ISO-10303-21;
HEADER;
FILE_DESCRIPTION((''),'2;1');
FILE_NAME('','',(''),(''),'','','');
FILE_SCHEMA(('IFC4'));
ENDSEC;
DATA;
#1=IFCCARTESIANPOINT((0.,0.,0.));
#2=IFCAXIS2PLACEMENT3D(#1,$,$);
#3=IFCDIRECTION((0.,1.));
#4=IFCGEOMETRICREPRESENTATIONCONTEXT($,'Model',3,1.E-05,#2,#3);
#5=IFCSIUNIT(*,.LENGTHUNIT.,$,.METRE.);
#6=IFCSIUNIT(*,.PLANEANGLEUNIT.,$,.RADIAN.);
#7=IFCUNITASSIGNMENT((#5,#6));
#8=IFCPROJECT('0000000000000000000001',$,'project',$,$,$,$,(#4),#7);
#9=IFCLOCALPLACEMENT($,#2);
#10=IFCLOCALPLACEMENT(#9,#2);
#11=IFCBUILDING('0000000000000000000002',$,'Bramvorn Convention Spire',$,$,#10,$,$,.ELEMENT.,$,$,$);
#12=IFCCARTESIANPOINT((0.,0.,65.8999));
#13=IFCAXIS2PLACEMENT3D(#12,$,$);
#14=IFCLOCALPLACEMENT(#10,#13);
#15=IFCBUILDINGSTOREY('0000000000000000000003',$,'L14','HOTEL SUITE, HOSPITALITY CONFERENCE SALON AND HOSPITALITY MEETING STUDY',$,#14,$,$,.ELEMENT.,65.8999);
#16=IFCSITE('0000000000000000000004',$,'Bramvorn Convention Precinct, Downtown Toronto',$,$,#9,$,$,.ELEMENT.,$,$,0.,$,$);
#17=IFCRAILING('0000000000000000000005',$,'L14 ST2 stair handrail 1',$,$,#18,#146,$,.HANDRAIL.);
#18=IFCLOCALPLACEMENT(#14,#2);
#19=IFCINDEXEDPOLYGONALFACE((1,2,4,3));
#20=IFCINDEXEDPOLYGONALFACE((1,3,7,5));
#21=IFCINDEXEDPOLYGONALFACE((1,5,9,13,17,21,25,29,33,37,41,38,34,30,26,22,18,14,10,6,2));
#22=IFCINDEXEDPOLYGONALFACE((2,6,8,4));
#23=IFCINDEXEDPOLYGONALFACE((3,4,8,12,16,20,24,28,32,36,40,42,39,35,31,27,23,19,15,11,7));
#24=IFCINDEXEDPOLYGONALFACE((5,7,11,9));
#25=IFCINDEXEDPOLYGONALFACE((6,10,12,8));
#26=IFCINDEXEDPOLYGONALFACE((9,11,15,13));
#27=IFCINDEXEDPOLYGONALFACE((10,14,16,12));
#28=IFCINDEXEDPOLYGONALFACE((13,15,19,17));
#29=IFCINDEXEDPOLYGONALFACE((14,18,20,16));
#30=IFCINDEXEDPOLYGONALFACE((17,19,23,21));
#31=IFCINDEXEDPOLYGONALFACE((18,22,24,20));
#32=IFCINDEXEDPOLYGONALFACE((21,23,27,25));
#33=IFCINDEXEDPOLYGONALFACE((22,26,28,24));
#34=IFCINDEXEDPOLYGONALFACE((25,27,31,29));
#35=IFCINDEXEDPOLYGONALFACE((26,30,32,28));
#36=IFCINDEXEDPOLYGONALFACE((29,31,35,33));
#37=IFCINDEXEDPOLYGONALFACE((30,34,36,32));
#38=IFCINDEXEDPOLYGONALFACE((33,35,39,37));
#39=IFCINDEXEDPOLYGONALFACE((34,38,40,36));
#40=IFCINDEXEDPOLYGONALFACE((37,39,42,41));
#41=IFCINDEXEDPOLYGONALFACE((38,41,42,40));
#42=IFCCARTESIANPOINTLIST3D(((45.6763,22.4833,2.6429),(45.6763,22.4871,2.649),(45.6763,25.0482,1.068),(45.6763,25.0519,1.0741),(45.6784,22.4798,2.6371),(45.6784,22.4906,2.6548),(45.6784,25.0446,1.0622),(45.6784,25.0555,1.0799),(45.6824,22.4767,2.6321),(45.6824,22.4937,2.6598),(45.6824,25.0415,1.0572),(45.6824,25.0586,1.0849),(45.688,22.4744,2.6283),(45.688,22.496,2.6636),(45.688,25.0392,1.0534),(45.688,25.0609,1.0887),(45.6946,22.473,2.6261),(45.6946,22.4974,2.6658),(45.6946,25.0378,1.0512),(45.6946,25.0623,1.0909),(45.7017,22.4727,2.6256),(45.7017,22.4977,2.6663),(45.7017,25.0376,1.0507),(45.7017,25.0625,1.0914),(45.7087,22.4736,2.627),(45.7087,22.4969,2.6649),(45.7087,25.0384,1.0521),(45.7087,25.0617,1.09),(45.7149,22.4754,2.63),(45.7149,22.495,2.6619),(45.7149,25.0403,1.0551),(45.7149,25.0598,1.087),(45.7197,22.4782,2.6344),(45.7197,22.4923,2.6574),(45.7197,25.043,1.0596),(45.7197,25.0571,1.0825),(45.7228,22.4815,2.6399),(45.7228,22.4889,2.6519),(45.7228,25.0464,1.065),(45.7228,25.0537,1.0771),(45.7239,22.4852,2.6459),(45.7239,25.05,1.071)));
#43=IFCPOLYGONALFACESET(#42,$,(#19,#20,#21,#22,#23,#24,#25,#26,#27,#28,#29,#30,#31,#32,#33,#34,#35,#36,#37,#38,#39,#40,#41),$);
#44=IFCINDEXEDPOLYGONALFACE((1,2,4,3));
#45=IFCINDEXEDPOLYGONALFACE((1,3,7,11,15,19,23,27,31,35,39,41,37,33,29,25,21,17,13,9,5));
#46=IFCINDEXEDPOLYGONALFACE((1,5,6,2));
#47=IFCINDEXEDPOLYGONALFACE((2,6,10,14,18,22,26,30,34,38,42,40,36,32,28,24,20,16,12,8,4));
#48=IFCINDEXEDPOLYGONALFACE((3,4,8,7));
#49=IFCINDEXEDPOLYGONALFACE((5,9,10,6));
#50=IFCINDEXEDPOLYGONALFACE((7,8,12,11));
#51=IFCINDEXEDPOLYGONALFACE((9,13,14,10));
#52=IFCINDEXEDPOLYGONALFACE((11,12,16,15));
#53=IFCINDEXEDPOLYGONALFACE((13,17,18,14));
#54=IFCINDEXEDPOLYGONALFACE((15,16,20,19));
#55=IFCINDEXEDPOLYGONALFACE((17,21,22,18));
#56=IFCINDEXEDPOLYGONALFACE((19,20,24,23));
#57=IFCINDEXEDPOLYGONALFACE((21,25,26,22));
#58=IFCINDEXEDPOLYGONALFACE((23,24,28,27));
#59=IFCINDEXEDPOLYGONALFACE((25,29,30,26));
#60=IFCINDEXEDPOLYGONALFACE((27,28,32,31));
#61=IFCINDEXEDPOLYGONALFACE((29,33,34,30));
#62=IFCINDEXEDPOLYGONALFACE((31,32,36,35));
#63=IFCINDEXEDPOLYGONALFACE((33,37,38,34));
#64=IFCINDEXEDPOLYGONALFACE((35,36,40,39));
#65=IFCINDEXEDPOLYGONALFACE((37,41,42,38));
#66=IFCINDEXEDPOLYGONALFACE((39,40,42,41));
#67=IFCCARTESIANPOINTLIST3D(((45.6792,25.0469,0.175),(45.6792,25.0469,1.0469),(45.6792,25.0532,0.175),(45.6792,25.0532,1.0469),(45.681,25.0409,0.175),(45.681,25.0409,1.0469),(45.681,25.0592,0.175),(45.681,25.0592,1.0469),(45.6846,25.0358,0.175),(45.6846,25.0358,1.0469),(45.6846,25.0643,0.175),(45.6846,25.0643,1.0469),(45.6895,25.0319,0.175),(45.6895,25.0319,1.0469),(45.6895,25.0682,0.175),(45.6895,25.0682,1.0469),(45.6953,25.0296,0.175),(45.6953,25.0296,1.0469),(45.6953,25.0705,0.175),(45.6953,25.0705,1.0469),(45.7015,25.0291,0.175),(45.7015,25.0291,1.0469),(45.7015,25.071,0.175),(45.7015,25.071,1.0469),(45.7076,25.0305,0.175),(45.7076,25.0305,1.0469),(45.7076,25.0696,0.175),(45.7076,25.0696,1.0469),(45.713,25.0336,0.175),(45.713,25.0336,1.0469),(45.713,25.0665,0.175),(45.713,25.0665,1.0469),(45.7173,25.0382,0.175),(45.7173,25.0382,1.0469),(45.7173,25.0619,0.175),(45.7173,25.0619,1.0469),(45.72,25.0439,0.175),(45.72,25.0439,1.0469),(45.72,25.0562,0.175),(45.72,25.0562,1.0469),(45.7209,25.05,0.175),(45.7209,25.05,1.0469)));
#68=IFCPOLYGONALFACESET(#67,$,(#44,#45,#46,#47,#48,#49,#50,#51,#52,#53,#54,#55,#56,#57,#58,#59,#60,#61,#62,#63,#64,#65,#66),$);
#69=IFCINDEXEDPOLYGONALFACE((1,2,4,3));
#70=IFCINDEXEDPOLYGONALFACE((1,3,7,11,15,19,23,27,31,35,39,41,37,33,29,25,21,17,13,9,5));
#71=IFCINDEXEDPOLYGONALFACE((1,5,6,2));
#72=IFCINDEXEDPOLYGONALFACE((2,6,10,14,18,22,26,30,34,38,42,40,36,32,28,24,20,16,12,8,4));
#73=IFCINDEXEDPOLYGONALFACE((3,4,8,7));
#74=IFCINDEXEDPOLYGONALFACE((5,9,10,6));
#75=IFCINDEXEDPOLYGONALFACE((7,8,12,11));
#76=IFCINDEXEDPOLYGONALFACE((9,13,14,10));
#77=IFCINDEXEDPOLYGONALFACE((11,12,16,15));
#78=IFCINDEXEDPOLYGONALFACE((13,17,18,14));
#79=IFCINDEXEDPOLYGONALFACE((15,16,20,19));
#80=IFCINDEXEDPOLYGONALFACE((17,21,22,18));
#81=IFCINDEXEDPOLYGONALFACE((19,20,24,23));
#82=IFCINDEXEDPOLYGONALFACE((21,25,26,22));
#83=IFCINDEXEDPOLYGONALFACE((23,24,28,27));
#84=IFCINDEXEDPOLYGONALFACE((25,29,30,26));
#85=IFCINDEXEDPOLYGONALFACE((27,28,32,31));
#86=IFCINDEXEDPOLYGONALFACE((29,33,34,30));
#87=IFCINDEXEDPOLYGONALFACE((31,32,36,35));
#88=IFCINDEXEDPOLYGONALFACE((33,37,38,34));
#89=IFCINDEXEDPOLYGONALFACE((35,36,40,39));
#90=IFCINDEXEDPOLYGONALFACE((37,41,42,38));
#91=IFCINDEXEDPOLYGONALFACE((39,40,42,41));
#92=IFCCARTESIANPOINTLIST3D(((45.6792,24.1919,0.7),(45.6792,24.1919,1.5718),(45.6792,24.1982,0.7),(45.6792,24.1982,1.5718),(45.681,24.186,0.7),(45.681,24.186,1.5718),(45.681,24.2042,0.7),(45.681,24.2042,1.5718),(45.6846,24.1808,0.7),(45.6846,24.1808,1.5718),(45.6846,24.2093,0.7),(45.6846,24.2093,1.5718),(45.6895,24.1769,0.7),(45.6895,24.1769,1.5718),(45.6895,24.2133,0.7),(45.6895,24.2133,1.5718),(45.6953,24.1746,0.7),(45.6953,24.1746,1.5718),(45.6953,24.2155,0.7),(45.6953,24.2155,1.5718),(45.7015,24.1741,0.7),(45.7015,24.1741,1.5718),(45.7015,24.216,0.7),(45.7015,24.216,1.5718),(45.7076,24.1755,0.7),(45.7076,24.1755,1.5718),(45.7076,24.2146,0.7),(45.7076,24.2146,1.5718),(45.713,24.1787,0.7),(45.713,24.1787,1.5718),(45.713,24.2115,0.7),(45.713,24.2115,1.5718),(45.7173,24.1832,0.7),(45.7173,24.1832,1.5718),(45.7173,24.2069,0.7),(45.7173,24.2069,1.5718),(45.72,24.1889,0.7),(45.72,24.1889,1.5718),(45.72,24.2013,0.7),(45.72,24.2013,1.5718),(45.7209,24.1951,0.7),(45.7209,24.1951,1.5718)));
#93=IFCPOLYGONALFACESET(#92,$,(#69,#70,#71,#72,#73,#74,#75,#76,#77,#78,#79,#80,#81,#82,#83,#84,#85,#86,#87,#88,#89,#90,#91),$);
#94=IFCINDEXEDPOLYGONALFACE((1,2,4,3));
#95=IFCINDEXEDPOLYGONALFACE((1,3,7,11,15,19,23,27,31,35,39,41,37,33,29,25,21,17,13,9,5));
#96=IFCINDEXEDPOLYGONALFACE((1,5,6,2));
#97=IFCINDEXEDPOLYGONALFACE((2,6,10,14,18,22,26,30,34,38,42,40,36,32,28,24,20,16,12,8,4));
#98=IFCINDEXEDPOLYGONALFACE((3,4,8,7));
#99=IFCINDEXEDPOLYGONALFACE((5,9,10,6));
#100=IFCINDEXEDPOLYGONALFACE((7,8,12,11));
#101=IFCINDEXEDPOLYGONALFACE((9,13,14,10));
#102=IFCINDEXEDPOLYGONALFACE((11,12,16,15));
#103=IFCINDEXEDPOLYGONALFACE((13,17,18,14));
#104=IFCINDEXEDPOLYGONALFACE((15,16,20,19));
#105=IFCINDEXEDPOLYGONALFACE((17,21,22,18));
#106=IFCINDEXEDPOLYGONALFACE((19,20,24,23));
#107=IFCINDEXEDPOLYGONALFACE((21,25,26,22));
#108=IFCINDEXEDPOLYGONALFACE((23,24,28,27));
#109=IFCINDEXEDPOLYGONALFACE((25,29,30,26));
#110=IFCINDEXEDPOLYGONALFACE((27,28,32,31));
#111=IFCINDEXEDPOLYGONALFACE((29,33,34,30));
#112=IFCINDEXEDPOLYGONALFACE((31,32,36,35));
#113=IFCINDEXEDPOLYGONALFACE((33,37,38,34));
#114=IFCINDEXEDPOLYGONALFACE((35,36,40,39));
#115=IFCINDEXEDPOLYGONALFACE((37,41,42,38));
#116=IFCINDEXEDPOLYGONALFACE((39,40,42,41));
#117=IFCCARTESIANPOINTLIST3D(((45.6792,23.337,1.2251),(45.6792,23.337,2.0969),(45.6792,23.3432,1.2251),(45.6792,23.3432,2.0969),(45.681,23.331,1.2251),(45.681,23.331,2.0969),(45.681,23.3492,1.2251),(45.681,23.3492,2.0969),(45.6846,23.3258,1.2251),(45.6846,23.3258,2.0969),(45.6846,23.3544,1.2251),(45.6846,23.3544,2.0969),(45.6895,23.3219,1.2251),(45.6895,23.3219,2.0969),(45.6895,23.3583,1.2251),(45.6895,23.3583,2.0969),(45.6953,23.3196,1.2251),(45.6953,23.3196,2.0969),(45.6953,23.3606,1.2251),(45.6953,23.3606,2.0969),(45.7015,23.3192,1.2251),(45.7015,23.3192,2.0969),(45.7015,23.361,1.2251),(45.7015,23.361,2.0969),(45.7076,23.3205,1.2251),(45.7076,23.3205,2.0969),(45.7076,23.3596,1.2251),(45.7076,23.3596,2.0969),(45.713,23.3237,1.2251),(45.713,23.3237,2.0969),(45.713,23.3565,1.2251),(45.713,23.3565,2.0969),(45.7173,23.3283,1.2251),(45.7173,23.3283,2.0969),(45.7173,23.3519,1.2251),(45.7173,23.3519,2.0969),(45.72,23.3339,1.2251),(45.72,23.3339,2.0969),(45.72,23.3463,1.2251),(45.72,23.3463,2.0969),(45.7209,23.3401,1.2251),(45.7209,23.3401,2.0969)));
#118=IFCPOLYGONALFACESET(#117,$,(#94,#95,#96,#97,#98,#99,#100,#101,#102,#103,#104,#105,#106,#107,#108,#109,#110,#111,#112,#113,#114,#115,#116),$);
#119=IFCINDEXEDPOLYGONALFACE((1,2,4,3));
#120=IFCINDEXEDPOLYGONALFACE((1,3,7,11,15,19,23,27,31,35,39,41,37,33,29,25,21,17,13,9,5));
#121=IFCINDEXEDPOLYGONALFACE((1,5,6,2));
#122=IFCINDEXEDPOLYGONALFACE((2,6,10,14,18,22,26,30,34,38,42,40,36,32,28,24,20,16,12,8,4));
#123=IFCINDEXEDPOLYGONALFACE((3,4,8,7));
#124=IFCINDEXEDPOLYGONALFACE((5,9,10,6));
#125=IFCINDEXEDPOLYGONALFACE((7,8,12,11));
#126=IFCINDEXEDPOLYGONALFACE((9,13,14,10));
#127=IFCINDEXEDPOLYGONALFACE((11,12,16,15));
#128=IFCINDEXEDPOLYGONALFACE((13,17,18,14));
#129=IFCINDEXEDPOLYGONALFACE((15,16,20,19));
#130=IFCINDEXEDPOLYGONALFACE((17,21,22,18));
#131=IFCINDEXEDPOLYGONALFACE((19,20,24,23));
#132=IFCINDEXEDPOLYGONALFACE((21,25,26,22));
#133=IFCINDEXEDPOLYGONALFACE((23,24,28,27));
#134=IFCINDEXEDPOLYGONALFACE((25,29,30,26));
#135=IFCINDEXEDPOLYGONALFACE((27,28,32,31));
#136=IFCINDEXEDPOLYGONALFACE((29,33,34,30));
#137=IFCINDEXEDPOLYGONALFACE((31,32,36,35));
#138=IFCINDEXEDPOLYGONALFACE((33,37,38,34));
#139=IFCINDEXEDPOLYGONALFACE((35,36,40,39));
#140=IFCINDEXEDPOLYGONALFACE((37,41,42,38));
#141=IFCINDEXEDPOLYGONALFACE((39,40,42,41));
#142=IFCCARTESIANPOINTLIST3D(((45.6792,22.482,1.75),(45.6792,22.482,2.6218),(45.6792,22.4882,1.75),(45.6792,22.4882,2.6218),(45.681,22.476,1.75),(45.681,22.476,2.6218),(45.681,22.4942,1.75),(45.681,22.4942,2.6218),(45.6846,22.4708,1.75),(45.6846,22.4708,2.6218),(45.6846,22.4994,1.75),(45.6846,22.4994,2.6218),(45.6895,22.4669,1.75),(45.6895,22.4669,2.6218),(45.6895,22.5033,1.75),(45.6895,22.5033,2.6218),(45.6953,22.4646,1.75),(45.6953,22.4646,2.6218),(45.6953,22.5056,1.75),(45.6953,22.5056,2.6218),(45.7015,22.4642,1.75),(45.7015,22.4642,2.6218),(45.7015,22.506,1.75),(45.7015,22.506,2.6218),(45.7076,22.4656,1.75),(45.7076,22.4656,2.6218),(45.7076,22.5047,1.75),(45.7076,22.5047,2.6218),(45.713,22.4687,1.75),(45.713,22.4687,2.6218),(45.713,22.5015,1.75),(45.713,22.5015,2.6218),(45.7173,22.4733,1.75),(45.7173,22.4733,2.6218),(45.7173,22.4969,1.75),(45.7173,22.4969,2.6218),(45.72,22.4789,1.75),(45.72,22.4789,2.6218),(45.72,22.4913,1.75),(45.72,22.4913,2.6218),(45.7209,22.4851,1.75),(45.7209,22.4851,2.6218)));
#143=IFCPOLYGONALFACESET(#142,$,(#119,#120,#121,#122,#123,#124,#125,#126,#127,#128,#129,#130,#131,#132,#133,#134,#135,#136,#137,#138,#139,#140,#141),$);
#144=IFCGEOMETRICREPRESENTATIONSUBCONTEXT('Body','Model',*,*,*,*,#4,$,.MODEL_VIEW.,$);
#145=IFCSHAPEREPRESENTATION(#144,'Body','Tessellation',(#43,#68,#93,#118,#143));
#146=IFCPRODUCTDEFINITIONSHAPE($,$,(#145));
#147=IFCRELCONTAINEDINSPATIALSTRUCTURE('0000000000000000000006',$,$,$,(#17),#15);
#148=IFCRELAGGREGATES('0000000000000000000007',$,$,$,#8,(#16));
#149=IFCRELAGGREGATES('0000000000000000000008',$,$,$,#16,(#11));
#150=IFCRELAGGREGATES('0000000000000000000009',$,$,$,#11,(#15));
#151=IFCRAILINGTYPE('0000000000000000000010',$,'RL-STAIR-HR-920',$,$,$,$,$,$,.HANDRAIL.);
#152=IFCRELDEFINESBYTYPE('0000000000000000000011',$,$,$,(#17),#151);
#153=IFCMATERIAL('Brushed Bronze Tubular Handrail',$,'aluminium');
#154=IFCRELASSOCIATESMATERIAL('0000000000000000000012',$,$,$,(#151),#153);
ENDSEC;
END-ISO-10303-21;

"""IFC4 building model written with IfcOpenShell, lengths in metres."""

from ifc_helpers import new_model, si_unit, direction, frame, origin, origin_2d, place, context, subcontext, project, spatial, circle, extrude, material, type_object, element, save


model = new_model("IFC4")

# Units and contexts
model_context = context("Model", 3, precision=1e-05, world=origin(), true_north=direction((0.0, 1.0)))
body_context = subcontext(model_context, "Body", "Model", "MODEL_VIEW")
ifc_project = project(units=[si_unit("LENGTHUNIT", "METRE"), si_unit("PLANEANGLEUNIT", "RADIAN")], contexts=[model_context])

# Site, building, storey
site_placement = place(None, origin())
site = spatial("IfcSite", under=ifc_project, at=site_placement, Name="Bramvorn Convention Precinct, Downtown Toronto", CompositionType="ELEMENT", RefElevation=0.0)
building_placement = place(site_placement, origin())
building = spatial("IfcBuilding", under=site, at=building_placement, Name="Bramvorn Convention Spire", CompositionType="ELEMENT")
storey_placement = place(building_placement, frame((0.0, 0.0, 65.8999)))
storey = spatial("IfcBuildingStorey", under=building, at=storey_placement, Name="L14", Description="HOTEL SUITE, HOSPITALITY CONFERENCE SALON AND HOSPITALITY MEETING STUDY", CompositionType="ELEMENT", Elevation=65.8999)

# Railing
ifc_material_1 = material(Name="Brushed Bronze Tubular Handrail", Category="aluminium")
railing_type_1 = type_object("IfcRailingType", Name="RL-STAIR-HR-920", PredefinedType="HANDRAIL", material=ifc_material_1)
railing_1_placement = place(storey_placement, frame((45.7, 25.05, 0.175)))
element("IfcRailing", 1, at=railing_1_placement, inside=storey, type_object=railing_type_1, Name="L14 ST2 stair handrail 1", PredefinedType="HANDRAIL", context=body_context, shape_type="SweptSolid", body=[
    extrude(circle(Radius=0.0239, at=origin_2d()), frame((0.0, 0.0, 0.896), z_axis=(0.0, -0.852173, 0.52326), x_axis=(1.0, 0.0, 0.0)), (0.0, 0.0, 1.0), 3.0098),
    extrude(circle(Radius=0.021, at=origin_2d()), origin(), (0.0, 0.0, 1.0), 0.8718),
    extrude(circle(Radius=0.021, at=origin_2d()), frame((0.0, -0.855, 0.5249)), (0.0, 0.0, 1.0), 0.8718),
    extrude(circle(Radius=0.021, at=origin_2d()), frame((0.0, -1.71, 1.05)), (0.0, 0.0, 1.0), 0.8718),
    extrude(circle(Radius=0.021, at=origin_2d()), frame((0.0, -2.5649, 1.575)), (0.0, 0.0, 1.0), 0.8718),
])

save(model, "model.ifc")
